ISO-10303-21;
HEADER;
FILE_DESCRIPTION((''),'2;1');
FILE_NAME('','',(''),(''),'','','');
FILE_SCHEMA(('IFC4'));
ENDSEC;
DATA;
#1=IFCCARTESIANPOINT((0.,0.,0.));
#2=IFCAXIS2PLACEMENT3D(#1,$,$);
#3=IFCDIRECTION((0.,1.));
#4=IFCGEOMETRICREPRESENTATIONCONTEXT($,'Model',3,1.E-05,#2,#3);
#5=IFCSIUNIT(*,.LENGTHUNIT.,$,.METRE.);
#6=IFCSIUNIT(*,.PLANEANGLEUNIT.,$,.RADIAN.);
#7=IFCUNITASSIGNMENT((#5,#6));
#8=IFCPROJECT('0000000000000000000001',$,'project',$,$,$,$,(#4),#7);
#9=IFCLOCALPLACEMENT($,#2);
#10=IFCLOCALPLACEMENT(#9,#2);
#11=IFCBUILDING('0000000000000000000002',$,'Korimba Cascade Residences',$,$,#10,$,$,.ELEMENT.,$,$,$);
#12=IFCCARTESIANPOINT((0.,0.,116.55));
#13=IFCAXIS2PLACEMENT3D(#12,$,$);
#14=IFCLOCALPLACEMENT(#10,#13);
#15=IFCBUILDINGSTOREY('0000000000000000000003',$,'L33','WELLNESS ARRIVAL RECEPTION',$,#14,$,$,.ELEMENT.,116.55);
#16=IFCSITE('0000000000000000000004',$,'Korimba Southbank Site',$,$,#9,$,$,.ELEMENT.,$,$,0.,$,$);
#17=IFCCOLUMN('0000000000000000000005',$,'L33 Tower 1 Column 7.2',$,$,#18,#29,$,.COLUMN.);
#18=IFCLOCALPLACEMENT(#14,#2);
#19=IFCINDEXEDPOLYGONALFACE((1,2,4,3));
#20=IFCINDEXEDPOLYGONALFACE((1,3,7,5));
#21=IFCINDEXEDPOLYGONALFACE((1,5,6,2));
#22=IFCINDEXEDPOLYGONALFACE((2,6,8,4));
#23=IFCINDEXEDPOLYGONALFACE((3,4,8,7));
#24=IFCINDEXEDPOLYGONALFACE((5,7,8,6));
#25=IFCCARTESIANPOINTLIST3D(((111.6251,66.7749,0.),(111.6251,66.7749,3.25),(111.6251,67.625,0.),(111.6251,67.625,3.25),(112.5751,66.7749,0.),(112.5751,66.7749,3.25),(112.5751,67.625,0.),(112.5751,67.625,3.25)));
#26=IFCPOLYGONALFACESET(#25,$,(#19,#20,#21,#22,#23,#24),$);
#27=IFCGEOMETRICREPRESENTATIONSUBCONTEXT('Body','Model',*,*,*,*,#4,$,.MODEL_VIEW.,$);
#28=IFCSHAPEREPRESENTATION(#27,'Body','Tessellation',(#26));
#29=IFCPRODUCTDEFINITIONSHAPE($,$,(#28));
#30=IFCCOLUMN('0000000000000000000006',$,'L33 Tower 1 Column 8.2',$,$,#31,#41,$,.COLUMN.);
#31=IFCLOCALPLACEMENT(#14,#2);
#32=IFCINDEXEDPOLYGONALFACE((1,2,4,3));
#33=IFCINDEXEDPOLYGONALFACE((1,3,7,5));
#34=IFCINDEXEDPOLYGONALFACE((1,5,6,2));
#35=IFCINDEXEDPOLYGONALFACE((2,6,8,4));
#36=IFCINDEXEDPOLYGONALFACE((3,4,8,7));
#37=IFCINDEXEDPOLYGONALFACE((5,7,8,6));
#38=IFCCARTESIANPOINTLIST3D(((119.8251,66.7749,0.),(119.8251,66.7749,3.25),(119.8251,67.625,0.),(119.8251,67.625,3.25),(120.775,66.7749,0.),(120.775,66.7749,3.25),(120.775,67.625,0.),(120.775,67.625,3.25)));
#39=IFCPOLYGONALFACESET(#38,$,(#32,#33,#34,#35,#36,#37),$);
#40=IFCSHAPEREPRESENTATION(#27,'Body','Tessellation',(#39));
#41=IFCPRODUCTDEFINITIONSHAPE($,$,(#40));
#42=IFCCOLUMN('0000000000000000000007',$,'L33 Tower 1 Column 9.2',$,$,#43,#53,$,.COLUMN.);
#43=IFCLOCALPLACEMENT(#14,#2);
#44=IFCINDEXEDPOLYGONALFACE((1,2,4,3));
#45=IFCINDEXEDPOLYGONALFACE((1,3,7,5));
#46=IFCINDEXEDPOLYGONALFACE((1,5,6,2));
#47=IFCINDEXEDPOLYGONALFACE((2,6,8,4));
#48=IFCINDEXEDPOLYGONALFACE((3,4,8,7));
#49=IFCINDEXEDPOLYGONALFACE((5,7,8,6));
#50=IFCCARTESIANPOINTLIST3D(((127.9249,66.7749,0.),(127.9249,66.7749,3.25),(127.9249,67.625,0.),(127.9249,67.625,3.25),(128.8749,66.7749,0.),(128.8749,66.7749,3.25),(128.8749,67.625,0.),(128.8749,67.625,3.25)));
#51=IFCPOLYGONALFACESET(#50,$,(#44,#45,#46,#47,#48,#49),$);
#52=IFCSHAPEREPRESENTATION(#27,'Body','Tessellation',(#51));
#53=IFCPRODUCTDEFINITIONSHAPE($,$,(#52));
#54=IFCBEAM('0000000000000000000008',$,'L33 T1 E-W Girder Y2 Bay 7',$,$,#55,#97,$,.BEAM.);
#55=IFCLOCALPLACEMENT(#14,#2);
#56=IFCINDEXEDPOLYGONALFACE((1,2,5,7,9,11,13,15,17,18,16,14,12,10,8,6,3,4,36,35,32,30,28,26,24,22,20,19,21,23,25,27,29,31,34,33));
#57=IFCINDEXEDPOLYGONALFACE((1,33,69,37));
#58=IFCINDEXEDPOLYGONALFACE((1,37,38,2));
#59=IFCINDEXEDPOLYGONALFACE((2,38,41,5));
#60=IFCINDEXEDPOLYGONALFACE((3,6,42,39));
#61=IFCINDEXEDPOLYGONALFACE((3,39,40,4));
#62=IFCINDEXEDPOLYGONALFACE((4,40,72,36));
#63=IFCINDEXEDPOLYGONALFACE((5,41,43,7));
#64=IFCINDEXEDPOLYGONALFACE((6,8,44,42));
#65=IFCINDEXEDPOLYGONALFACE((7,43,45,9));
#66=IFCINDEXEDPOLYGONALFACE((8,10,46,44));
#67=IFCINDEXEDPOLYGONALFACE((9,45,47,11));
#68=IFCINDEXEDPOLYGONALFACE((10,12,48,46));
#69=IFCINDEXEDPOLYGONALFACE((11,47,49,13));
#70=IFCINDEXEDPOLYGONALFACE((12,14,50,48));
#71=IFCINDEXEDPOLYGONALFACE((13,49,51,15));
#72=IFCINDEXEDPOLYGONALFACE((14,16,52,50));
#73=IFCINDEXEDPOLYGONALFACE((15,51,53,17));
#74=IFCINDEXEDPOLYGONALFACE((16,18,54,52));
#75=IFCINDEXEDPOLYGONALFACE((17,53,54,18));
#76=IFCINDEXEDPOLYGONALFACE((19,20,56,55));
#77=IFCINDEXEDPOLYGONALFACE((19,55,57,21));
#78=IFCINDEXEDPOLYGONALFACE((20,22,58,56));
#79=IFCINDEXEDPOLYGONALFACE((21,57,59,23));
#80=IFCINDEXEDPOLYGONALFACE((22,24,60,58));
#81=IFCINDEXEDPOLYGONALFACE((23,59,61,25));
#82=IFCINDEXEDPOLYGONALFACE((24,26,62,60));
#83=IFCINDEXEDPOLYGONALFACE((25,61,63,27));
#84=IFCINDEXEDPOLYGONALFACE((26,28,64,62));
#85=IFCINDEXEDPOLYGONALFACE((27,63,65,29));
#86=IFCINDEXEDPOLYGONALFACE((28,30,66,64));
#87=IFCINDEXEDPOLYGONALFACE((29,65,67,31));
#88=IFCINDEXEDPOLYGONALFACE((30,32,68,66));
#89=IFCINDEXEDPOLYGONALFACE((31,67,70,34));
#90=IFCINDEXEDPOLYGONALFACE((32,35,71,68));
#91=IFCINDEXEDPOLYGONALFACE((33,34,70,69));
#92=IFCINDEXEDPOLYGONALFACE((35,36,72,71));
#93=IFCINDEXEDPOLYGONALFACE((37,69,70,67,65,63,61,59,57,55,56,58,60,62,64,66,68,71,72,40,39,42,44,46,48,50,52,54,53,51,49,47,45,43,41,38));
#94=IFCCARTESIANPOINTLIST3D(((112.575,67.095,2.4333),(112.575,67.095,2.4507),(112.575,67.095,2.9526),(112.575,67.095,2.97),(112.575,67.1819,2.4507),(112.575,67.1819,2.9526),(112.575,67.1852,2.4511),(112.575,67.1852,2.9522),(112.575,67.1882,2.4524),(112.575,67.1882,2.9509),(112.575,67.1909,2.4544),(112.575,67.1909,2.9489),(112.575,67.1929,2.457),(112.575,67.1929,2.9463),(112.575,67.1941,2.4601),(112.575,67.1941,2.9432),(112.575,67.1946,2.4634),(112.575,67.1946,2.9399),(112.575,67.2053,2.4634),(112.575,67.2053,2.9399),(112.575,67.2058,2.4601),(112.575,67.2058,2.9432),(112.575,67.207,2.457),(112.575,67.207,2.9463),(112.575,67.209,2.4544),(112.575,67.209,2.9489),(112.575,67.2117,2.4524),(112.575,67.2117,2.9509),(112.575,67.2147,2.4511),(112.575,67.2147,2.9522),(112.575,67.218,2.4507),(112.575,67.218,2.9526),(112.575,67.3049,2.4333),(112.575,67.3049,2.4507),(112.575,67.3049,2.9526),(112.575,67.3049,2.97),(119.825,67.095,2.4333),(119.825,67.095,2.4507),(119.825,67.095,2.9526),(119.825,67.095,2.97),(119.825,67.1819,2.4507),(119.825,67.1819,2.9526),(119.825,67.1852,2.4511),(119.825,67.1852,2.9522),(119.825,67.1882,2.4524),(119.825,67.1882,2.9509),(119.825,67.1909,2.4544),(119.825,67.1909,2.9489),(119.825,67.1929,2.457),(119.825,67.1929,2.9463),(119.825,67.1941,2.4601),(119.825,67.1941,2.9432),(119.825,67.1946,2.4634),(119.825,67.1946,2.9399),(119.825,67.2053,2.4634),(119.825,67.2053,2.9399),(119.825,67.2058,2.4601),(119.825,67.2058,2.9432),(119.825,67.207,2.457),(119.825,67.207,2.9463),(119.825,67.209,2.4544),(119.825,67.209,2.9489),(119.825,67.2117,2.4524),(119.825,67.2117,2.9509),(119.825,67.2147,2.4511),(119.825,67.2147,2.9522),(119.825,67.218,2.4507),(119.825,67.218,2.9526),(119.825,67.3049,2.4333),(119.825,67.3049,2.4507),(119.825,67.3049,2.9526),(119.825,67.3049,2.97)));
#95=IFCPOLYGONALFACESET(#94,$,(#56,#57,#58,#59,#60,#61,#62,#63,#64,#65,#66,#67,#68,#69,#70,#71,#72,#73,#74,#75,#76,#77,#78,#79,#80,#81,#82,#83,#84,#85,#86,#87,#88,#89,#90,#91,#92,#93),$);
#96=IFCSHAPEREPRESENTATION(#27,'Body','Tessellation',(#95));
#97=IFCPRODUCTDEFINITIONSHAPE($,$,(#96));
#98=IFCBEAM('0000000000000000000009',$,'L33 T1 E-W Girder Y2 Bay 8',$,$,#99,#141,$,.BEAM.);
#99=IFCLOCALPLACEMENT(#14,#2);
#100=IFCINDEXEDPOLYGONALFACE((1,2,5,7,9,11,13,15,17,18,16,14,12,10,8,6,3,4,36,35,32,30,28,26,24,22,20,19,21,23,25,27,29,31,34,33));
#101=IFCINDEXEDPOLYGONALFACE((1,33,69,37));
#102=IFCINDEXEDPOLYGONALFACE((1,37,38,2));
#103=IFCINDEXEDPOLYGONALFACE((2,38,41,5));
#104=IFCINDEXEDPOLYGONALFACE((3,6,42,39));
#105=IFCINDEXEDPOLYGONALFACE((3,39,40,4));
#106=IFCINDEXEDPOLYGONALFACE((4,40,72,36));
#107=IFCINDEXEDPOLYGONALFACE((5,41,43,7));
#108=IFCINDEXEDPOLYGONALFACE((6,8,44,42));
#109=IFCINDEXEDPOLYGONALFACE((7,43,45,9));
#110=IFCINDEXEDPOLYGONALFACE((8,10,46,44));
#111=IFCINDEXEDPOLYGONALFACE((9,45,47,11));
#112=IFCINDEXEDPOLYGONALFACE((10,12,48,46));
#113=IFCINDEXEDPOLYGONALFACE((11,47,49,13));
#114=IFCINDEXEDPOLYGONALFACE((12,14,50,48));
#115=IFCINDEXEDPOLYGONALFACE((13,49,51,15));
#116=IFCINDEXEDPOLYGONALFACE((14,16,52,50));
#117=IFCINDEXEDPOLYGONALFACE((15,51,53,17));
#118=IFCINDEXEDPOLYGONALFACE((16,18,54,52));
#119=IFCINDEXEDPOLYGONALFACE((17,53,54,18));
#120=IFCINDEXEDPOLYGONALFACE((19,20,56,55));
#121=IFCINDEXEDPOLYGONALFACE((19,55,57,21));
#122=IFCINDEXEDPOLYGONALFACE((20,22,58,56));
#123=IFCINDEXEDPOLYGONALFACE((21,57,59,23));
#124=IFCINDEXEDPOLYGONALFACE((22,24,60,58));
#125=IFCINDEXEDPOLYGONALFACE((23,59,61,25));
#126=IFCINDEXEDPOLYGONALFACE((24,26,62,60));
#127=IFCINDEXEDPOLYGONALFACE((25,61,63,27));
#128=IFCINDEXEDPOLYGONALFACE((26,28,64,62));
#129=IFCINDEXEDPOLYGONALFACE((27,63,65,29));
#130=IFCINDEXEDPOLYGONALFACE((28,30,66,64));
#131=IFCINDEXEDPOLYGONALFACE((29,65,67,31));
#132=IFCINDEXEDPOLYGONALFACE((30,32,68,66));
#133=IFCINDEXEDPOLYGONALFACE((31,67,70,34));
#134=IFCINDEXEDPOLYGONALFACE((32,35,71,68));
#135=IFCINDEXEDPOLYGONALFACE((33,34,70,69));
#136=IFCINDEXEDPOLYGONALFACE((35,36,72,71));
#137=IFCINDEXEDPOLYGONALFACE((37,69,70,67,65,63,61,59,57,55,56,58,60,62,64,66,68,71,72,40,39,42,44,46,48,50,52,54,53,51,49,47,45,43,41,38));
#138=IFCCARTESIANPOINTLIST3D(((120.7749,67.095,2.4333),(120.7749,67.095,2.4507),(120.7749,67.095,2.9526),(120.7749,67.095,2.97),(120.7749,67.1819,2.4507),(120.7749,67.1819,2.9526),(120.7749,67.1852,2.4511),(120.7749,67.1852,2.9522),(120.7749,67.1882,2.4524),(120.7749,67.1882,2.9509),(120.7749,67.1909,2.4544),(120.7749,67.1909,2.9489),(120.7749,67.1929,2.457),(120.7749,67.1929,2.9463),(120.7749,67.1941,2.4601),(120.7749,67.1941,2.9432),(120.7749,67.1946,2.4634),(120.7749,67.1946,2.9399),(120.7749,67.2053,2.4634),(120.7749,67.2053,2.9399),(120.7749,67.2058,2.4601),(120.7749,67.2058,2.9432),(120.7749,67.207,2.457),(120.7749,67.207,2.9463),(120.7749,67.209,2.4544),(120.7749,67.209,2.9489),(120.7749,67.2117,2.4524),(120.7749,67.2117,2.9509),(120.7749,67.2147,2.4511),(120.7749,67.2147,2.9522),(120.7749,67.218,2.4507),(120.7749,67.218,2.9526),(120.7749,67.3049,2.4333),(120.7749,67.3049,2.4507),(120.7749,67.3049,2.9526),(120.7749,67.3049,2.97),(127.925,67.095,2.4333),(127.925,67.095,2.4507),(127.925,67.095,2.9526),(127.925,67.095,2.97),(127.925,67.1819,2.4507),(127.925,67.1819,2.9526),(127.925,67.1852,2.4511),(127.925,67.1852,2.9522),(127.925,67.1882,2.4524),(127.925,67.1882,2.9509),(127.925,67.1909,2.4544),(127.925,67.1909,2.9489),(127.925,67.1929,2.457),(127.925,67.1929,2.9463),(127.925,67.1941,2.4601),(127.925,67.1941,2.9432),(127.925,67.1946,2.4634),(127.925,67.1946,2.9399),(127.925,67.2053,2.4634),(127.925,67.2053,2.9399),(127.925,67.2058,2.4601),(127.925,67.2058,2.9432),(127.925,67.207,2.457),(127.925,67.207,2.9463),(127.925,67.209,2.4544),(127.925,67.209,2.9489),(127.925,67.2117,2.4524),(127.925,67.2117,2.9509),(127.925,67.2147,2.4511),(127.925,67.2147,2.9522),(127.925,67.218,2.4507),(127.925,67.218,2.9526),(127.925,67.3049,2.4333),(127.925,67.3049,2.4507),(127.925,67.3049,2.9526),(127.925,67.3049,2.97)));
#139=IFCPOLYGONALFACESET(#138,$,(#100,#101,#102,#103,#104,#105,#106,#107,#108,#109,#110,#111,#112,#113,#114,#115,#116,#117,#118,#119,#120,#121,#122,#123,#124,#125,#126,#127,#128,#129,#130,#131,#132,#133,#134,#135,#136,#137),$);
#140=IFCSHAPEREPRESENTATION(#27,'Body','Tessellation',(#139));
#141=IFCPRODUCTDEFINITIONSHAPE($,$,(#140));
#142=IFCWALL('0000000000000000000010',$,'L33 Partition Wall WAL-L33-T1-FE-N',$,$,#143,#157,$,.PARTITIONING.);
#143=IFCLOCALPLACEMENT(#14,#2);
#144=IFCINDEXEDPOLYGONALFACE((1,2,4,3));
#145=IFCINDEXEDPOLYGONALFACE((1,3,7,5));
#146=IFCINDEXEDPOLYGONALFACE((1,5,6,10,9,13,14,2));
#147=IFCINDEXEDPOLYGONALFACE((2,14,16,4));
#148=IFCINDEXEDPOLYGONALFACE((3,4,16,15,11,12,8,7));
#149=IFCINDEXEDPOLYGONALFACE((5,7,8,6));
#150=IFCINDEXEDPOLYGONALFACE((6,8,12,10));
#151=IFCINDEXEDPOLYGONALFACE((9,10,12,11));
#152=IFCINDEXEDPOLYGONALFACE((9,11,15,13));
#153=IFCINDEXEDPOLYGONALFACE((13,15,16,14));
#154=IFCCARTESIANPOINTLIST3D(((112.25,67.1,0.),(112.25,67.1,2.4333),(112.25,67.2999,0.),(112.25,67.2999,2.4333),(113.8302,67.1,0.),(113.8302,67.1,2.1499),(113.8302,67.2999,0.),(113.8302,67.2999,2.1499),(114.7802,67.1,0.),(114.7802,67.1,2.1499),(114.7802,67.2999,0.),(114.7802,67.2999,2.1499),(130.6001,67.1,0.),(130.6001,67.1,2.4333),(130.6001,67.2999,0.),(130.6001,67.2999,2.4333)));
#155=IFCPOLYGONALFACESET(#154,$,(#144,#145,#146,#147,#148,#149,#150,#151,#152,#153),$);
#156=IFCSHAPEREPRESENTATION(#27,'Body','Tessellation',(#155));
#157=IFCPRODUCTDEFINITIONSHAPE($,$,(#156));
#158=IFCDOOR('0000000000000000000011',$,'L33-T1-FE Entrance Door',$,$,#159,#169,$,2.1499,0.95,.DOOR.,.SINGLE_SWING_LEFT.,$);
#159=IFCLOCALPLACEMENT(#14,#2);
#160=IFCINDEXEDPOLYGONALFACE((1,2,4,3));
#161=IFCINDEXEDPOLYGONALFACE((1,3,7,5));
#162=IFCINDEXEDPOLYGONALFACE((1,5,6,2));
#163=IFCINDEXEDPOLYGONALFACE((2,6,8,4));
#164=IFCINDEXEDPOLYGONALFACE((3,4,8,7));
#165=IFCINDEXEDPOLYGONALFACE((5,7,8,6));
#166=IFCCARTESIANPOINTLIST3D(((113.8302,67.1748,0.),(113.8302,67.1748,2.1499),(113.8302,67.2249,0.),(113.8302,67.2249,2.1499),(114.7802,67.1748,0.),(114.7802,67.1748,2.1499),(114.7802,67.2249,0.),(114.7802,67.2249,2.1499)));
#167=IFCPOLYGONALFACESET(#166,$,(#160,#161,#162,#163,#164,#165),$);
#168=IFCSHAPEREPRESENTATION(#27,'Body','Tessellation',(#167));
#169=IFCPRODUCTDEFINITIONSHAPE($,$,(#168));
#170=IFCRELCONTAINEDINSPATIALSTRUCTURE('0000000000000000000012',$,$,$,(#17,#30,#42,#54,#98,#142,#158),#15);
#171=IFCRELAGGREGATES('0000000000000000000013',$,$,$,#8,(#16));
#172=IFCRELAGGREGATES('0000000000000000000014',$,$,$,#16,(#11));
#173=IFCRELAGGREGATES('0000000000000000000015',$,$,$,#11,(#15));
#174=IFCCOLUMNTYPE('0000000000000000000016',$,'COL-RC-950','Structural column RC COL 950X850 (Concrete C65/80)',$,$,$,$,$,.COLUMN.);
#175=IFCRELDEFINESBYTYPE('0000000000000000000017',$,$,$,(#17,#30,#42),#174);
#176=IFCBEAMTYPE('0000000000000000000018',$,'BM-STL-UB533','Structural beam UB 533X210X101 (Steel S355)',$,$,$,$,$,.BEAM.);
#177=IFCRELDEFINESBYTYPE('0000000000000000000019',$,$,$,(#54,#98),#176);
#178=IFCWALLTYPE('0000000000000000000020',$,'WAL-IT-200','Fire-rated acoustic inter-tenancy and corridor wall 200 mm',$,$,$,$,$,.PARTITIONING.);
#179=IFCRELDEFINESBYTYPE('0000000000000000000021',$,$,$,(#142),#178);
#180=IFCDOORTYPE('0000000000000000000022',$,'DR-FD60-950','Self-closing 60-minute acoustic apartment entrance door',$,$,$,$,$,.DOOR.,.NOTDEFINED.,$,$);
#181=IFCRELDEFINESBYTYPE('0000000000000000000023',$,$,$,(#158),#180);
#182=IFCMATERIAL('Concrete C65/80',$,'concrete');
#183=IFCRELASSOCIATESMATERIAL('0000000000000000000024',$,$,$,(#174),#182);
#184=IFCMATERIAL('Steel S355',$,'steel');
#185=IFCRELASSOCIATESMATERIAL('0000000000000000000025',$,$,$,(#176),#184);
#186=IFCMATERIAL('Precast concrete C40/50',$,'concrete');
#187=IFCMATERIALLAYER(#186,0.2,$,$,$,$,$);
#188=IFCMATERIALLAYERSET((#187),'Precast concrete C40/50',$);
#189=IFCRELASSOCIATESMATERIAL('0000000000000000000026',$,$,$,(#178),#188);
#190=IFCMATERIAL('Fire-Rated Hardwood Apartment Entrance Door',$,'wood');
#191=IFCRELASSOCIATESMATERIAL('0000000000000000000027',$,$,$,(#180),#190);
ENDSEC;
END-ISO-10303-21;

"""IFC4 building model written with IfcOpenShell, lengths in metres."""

from ifc_helpers import new_model, si_unit, direction, frame, frame_2d, origin, origin_2d, place, context, subcontext, project, spatial, rectangle, i_section, extrude, material, layer, layer_set, material_profile, profile_set, type_object, element, fill, save


model = new_model("IFC4")

# Units and contexts
model_context = context("Model", 3, precision=1e-05, world=origin(), true_north=direction((0.0, 1.0)))
body_context = subcontext(model_context, "Body", "Model", "MODEL_VIEW")
ifc_project = project(units=[si_unit("LENGTHUNIT", "METRE"), si_unit("PLANEANGLEUNIT", "RADIAN")], contexts=[model_context])

# Site, building, storey
site_placement = place(None, origin())
site = spatial("IfcSite", under=ifc_project, at=site_placement, Name="Korimba Southbank Site", CompositionType="ELEMENT", RefElevation=0.0)
building_placement = place(site_placement, origin())
building = spatial("IfcBuilding", under=site, at=building_placement, Name="Korimba Cascade Residences", CompositionType="ELEMENT")
storey_placement = place(building_placement, frame((0.0, 0.0, 116.55)))
storey = spatial("IfcBuildingStorey", under=building, at=storey_placement, Name="L33", Description="WELLNESS ARRIVAL RECEPTION", CompositionType="ELEMENT", Elevation=116.55)

# Columns
ifc_material_1 = material(Name="Concrete C65/80", Category="concrete")
ifc_material_profile_1 = material_profile(ifc_material_1, rectangle(XDim=0.95, YDim=0.8501, at=origin_2d()), Name="Concrete C65/80")
ifc_profile_set_1 = profile_set([ifc_material_profile_1], Name="Concrete C65/80")
column_type = type_object("IfcColumnType", Name="COL-RC-950", Description="Structural column RC COL 950X850 (Concrete C65/80)", PredefinedType="COLUMN", material=ifc_profile_set_1)
for number, where, z_axis, x_axis, name in (
    (1, (112.1001, 67.2, 0.0), (0.0, 0.0, 1.0), (1.0, 0.0, 0.0), "L33 Tower 1 Column 7.2"),
    (2, (120.3, 67.2, 0.0), (0.0, 0.0, 1.0), (1.0, 0.0, 0.0), "L33 Tower 1 Column 8.2"),
    (3, (128.3999, 67.2, 0.0), (0.0, 0.0, 1.0), (1.0, 0.0, 0.0), "L33 Tower 1 Column 9.2"),
):
    element("IfcColumn", number, at=place(storey_placement, frame(where, z_axis=z_axis, x_axis=x_axis)), inside=storey, type_object=column_type, Name=name, PredefinedType="COLUMN", context=body_context, shape_type="SweptSolid", body=[
        extrude(rectangle(XDim=0.95, YDim=0.8501, at=origin_2d()), origin(), (0.0, 0.0, 1.0), 3.25),
    ])

# Beams
ifc_material_2 = material(Name="Steel S355", Category="steel")
ifc_material_profile_2 = material_profile(ifc_material_2, i_section(OverallWidth=0.21, OverallDepth=0.5366, WebThickness=0.0107, FlangeThickness=0.0173, FilletRadius=0.0127, at=origin_2d()), Name="Steel S355")
ifc_profile_set_2 = profile_set([ifc_material_profile_2], Name="Steel S355")
beam_type = type_object("IfcBeamType", Name="BM-STL-UB533", Description="Structural beam UB 533X210X101 (Steel S355)", PredefinedType="BEAM", material=ifc_profile_set_2)
beam_1_placement = place(storey_placement, frame((112.575, 67.2, 2.7017), z_axis=(1.0, 0.0, 0.0), x_axis=(0.0, 1.0, 0.0)))
element("IfcBeam", 4, at=beam_1_placement, inside=storey, type_object=beam_type, Name="L33 T1 E-W Girder Y2 Bay 7", PredefinedType="BEAM", context=body_context, shape_type="SweptSolid", body=[
    extrude(i_section(OverallWidth=0.21, OverallDepth=0.5366, WebThickness=0.0107, FlangeThickness=0.0173, FilletRadius=0.0127, at=origin_2d()), origin(), (0.0, 0.0, 1.0), 7.25),
])
beam_2_placement = place(storey_placement, frame((120.7749, 67.2, 2.7017), z_axis=(1.0, 0.0, 0.0), x_axis=(0.0, 1.0, 0.0)))
element("IfcBeam", 5, at=beam_2_placement, inside=storey, type_object=beam_type, Name="L33 T1 E-W Girder Y2 Bay 8", PredefinedType="BEAM", context=body_context, shape_type="SweptSolid", body=[
    extrude(i_section(OverallWidth=0.21, OverallDepth=0.5366, WebThickness=0.0107, FlangeThickness=0.0173, FilletRadius=0.0127, at=origin_2d()), origin(), (0.0, 0.0, 1.0), 7.1501),
])

# Wall, opening, door
ifc_material_3 = material(Name="Precast concrete C40/50", Category="concrete")
ifc_layer_1 = layer(ifc_material_3, 0.2)
ifc_layer_set_1 = layer_set([ifc_layer_1], Name="Precast concrete C40/50")
wall_type_1 = type_object("IfcWallType", Name="WAL-IT-200", Description="Fire-rated acoustic inter-tenancy and corridor wall 200 mm", PredefinedType="PARTITIONING", material=ifc_layer_set_1)
wall_1_placement = place(storey_placement, frame((112.25, 67.2, 0.0), z_axis=(0.0, 0.0, 1.0), x_axis=(1.0, 0.0, 0.0)))
wall_1 = element("IfcWall", 6, at=wall_1_placement, inside=storey, type_object=wall_type_1, Name="L33 Partition Wall WAL-L33-T1-FE-N", PredefinedType="PARTITIONING", context=body_context, shape_type="SweptSolid", body=[
    extrude(rectangle(XDim=18.3501, YDim=0.2, at=frame_2d((9.175, 0.0))), origin(), (0.0, 0.0, 1.0), 2.4333),
])
opening_1_placement = place(wall_1_placement, frame((1.5801, 0.0, 0.0)))
opening_1 = element("IfcOpeningElement", 7, at=opening_1_placement, cuts=wall_1, PredefinedType="OPENING", context=body_context, shape_type="SweptSolid", body=[
    extrude(rectangle(XDim=0.95, YDim=2.1499, at=frame_2d((0.4751, 1.075))), frame((0.0, 0.1099, 0.0), z_axis=(0.0, -1.0, 0.0), x_axis=(1.0, 0.0, 0.0)), (0.0, 0.0, 1.0), 0.22),
])
ifc_material_4 = material(Name="Fire-Rated Hardwood Apartment Entrance Door", Category="wood")
door_type_1 = type_object("IfcDoorType", Name="DR-FD60-950", Description="Self-closing 60-minute acoustic apartment entrance door", OperationType="NOTDEFINED", PredefinedType="DOOR", material=ifc_material_4)
door_1_placement = place(opening_1_placement, origin())
door_1 = element("IfcDoor", 8, at=door_1_placement, inside=storey, type_object=door_type_1, Name="L33-T1-FE Entrance Door", OperationType="SINGLE_SWING_LEFT", OverallHeight=2.1499, OverallWidth=0.95, PredefinedType="DOOR", context=body_context, shape_type="SweptSolid", body=[
    extrude(rectangle(XDim=0.95, YDim=2.1499, at=frame_2d((0.4751, 1.075))), frame((0.0, 0.0249, 0.0), z_axis=(0.0, -1.0, 0.0), x_axis=(1.0, 0.0, 0.0)), (0.0, 0.0, 1.0), 0.05),
])
fill(opening_1, door_1)

save(model, "model.ifc")
